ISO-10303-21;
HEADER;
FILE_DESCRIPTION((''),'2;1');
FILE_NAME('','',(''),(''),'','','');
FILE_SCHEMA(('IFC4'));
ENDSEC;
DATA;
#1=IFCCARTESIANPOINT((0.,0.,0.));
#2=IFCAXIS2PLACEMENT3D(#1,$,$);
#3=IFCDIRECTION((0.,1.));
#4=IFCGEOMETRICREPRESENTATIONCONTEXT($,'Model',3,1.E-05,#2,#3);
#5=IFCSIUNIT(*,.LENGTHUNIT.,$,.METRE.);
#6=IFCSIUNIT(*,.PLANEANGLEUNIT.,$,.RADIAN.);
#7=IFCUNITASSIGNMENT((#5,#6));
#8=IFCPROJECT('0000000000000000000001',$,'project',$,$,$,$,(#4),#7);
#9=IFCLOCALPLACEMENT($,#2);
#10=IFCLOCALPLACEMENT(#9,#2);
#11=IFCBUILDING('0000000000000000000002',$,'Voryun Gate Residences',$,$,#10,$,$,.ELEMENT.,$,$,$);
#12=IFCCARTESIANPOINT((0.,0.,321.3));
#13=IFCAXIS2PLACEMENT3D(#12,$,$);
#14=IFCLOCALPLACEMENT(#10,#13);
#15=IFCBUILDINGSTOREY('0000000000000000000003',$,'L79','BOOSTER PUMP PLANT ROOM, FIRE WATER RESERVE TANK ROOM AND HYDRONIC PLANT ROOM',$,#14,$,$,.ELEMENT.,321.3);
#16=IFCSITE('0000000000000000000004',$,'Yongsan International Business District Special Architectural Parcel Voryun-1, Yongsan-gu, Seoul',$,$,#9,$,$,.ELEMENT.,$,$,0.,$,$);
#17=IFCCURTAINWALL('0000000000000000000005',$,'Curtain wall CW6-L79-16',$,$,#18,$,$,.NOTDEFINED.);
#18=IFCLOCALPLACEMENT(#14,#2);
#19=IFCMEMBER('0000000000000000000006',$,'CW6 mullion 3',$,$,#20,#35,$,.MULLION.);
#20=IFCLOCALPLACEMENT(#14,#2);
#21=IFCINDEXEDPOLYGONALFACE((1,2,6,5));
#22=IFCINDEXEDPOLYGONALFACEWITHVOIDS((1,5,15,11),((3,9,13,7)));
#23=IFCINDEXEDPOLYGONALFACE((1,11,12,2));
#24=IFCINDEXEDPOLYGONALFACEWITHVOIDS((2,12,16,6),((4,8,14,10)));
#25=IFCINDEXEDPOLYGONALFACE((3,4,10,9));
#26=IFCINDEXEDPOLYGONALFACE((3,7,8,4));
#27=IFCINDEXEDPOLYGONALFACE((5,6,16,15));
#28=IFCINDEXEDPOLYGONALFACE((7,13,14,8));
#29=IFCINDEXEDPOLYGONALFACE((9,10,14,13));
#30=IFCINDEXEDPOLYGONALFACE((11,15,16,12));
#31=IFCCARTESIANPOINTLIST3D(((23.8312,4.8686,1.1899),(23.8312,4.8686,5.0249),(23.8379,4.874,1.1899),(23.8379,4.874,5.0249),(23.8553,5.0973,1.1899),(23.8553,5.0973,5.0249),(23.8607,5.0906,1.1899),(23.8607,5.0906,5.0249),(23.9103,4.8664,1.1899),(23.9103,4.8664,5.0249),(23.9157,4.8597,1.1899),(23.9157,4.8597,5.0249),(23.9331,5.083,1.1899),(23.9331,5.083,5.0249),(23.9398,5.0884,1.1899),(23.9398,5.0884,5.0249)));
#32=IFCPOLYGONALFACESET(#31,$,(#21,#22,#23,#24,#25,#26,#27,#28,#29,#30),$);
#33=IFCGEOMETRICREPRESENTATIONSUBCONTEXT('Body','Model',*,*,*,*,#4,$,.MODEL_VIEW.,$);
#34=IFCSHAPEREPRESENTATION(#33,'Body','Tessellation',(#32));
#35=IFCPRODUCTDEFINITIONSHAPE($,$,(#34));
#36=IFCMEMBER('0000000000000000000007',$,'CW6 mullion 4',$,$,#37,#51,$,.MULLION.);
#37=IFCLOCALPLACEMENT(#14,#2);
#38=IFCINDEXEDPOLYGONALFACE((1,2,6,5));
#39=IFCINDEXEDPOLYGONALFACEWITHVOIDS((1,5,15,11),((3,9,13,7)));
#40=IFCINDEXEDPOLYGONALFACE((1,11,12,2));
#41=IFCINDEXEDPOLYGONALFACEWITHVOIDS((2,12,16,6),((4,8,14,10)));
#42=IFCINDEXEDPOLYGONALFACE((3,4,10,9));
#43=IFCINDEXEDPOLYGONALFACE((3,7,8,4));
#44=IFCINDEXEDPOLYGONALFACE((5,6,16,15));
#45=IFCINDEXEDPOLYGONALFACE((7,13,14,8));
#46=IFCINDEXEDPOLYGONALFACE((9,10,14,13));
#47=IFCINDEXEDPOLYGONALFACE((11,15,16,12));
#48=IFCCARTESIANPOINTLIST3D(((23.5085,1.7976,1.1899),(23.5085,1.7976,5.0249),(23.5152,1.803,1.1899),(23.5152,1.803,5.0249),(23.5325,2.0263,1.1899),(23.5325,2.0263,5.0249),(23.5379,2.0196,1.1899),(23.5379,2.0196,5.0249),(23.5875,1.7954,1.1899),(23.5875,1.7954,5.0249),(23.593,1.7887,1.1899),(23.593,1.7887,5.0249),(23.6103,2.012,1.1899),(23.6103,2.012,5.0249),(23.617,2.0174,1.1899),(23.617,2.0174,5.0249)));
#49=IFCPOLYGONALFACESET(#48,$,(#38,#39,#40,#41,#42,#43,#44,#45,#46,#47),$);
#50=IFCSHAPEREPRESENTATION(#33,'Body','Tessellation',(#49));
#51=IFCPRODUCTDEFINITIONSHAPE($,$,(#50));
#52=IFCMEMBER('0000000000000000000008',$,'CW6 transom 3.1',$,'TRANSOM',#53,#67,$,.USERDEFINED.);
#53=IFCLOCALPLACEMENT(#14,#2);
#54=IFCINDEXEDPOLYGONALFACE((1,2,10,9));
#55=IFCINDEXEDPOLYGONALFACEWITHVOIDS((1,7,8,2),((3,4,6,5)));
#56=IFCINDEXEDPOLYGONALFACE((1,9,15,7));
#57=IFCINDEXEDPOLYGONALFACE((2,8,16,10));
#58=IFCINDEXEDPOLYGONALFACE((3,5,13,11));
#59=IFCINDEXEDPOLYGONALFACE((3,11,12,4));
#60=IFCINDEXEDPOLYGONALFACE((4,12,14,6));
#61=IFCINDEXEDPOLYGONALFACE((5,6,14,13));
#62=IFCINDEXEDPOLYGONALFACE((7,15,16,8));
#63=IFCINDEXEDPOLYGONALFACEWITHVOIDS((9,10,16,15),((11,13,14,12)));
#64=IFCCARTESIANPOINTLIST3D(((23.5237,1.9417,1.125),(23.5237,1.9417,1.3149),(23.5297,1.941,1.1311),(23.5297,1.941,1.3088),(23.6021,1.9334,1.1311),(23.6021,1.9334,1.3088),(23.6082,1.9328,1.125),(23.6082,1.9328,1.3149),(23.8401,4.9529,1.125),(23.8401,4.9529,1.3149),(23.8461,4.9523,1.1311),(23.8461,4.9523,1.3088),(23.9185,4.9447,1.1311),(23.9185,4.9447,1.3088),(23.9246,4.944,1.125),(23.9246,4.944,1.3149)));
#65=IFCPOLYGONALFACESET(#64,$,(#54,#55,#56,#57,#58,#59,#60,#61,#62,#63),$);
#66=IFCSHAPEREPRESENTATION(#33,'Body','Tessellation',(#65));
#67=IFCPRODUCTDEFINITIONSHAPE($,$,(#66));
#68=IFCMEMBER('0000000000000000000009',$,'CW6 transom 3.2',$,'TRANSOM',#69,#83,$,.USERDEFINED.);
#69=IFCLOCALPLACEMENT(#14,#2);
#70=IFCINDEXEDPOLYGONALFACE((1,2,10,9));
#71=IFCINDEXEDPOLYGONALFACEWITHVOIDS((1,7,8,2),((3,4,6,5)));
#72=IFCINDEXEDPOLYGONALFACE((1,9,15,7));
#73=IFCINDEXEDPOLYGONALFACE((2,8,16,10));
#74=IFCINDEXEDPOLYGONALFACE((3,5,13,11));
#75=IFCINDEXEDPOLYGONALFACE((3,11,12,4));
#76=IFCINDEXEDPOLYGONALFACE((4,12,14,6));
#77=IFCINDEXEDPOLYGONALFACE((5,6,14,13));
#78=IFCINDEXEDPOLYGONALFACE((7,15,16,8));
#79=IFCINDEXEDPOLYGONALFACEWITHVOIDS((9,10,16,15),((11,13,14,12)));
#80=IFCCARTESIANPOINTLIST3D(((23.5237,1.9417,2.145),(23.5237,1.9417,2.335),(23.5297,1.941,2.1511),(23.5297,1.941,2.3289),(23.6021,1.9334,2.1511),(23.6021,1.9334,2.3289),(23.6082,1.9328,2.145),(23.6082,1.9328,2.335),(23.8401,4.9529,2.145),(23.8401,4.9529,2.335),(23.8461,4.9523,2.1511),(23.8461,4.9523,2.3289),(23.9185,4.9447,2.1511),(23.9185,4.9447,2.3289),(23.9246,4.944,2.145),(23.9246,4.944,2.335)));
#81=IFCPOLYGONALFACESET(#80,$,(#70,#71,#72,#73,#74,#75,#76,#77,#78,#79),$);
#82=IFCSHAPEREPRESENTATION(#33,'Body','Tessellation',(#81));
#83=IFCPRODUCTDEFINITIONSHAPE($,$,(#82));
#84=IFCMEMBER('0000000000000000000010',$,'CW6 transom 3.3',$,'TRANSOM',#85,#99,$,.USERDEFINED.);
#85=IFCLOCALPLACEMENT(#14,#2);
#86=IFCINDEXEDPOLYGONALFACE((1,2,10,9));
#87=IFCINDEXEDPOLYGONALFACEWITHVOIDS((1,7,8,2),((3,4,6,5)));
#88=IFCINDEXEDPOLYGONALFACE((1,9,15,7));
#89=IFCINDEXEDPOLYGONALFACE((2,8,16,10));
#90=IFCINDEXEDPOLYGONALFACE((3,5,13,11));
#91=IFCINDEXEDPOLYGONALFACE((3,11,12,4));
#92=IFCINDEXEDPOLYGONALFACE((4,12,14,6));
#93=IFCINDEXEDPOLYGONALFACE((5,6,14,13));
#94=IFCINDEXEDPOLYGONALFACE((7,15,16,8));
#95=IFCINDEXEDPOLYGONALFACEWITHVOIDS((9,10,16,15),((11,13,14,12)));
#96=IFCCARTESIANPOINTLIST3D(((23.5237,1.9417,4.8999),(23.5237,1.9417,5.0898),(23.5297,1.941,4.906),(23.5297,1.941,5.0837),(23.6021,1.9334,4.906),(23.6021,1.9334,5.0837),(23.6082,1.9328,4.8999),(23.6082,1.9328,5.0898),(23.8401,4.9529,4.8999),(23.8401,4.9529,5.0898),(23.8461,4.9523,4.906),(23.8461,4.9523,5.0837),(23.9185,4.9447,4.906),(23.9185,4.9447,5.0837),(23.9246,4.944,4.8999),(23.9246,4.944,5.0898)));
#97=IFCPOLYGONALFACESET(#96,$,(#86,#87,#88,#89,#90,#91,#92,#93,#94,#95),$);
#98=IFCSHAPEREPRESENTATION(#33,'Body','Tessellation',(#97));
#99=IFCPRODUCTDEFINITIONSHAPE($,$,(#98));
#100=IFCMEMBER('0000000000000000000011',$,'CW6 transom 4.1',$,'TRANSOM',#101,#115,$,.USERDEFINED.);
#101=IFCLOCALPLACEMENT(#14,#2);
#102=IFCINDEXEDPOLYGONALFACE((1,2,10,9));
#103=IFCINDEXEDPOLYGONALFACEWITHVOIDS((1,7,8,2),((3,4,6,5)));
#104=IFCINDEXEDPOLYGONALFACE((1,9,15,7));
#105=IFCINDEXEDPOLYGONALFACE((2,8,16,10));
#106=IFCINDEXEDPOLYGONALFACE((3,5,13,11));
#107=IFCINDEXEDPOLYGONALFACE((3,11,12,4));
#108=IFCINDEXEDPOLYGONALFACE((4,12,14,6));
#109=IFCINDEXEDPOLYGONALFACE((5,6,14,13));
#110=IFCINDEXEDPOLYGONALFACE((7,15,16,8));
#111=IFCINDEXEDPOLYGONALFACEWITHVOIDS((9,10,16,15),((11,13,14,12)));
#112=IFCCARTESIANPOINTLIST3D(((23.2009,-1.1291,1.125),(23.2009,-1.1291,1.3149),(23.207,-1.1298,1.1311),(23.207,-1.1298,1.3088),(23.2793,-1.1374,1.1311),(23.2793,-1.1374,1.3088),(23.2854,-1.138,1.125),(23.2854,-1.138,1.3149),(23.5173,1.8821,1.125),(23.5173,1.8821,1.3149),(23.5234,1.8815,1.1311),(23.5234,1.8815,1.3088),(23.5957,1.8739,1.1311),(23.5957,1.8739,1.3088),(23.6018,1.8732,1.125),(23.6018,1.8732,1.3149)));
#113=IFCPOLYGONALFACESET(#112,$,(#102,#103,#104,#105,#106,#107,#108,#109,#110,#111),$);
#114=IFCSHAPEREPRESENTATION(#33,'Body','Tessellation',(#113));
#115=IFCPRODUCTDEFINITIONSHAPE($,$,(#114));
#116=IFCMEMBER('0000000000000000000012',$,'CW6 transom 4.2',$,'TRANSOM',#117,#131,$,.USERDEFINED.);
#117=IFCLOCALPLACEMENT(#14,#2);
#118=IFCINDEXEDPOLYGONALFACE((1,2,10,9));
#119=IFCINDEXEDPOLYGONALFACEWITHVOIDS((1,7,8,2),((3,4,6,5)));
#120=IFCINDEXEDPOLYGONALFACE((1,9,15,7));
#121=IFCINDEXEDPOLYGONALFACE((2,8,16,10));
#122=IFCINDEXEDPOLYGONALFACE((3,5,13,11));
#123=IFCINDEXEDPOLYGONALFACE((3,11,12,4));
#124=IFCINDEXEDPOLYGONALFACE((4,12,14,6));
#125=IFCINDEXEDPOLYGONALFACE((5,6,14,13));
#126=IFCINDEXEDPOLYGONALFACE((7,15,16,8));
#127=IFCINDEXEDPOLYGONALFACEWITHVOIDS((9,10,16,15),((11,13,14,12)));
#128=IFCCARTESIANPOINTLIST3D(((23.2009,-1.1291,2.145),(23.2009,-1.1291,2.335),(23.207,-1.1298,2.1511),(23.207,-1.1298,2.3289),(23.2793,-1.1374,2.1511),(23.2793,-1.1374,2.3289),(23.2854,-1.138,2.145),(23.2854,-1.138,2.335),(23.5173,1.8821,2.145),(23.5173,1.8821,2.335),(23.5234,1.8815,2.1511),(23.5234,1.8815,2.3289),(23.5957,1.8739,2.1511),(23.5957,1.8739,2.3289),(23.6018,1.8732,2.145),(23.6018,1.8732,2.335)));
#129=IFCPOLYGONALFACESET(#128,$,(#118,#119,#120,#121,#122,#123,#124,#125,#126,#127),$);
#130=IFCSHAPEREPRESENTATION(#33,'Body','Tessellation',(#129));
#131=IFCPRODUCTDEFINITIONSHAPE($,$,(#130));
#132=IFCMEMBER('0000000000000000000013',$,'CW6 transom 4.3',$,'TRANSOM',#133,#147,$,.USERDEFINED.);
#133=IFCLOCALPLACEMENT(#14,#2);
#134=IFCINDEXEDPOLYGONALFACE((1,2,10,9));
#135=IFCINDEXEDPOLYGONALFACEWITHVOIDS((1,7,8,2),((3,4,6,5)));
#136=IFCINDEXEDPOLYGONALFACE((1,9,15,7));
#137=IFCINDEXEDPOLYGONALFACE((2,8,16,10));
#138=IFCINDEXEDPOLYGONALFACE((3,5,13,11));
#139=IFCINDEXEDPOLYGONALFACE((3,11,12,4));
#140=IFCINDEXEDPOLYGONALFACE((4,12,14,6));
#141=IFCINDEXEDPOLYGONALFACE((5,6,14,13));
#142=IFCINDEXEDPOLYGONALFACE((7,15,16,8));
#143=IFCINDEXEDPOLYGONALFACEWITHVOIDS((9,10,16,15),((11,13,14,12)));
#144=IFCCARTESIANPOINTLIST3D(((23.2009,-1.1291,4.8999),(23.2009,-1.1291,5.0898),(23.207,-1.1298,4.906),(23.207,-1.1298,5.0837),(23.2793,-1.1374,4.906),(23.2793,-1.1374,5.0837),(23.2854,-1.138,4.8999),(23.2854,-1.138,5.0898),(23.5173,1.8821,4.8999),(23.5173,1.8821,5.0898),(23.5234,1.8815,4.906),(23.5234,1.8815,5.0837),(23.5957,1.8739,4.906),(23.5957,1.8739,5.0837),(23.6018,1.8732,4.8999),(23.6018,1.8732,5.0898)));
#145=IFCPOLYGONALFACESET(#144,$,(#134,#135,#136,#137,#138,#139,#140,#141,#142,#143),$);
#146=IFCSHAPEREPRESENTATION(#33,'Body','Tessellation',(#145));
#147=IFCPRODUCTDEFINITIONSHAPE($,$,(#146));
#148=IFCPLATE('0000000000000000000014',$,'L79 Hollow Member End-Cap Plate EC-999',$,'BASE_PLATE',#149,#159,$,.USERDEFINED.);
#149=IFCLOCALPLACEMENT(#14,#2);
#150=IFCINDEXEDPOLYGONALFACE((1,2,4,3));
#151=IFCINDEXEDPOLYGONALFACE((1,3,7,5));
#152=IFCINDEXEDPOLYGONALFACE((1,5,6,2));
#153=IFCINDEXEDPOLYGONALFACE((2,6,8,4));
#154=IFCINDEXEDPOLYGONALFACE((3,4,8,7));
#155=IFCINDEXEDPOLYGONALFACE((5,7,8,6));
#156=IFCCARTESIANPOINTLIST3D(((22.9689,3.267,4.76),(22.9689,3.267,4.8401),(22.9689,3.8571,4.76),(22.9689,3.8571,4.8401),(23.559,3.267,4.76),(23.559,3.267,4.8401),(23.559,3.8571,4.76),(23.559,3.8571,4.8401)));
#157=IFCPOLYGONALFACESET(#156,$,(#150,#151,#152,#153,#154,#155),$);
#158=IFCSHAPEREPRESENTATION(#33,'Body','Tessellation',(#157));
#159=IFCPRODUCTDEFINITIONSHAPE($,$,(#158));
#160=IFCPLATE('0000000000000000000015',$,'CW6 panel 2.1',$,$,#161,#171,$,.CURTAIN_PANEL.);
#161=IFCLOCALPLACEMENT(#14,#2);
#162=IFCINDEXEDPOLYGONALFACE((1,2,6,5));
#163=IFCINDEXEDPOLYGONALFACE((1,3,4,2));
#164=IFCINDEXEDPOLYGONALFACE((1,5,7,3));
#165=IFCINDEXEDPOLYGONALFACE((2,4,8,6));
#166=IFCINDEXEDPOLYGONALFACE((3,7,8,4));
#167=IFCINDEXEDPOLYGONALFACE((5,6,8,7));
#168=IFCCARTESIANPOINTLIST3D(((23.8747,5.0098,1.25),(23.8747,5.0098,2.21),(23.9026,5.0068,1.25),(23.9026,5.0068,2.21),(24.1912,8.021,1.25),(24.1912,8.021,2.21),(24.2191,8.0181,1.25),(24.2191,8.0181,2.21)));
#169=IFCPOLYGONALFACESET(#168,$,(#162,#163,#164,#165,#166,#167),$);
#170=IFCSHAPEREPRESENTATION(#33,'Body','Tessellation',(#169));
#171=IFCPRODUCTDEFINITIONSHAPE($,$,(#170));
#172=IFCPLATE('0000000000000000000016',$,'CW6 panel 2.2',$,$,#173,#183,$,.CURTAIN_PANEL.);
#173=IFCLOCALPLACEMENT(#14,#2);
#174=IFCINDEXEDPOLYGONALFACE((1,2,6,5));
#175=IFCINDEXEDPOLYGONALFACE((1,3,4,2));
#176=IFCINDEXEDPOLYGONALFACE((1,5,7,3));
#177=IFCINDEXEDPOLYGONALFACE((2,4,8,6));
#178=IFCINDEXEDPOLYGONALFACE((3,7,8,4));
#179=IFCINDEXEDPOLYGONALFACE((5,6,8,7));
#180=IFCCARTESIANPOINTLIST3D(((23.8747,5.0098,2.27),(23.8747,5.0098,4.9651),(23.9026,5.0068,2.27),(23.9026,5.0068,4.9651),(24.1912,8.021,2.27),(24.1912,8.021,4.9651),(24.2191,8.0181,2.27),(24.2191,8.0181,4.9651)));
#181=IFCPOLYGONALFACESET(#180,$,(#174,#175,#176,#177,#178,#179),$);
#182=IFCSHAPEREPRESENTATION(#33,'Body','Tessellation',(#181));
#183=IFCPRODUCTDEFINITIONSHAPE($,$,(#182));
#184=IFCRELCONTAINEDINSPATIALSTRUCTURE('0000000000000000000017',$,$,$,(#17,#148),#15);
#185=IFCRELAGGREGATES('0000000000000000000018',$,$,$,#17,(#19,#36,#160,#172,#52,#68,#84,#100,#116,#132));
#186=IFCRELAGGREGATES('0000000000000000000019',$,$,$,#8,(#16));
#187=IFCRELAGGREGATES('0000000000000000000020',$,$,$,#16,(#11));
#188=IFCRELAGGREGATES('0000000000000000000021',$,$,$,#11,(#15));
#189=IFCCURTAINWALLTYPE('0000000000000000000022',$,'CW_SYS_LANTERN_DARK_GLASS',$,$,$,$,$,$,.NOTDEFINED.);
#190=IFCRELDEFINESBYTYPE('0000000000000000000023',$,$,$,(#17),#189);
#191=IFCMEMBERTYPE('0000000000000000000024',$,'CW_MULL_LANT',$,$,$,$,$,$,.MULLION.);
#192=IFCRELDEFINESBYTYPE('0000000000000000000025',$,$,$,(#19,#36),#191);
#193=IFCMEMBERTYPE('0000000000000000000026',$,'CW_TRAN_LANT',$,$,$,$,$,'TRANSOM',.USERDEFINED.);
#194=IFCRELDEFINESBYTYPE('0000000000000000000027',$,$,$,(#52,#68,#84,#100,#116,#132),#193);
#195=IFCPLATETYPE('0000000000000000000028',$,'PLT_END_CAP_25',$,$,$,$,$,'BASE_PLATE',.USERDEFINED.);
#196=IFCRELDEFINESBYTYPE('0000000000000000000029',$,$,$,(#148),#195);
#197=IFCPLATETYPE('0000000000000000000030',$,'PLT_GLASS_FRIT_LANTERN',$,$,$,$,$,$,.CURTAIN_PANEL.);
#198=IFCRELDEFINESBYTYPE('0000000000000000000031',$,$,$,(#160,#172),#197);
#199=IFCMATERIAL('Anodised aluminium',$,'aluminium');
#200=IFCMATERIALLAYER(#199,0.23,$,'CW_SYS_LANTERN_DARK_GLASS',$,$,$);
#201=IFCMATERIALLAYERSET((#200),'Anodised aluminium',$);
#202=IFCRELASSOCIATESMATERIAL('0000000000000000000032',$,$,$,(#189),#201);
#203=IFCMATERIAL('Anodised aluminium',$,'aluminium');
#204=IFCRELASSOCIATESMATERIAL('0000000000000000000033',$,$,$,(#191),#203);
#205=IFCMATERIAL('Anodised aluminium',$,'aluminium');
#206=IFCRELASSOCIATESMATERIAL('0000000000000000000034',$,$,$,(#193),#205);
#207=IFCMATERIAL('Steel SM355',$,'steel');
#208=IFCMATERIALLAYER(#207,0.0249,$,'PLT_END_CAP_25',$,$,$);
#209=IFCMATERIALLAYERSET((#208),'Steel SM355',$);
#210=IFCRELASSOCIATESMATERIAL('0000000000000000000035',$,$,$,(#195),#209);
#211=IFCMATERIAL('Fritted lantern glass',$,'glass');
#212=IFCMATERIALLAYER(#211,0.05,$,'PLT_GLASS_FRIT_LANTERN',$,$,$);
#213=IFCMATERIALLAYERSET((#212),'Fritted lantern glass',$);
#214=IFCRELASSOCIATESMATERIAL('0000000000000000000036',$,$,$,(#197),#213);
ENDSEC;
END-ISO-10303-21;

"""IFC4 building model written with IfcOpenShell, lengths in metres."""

from ifc_helpers import new_model, si_unit, direction, frame, origin, origin_2d, place, context, subcontext, project, spatial, rectangle, hollow_rectangle, extrude, material, layer, layer_set, material_profile, profile_set, type_object, element, aggregate, save


model = new_model("IFC4")

# Units and contexts
model_context = context("Model", 3, precision=1e-05, world=origin(), true_north=direction((0.0, 1.0)))
body_context = subcontext(model_context, "Body", "Model", "MODEL_VIEW")
ifc_project = project(units=[si_unit("LENGTHUNIT", "METRE"), si_unit("PLANEANGLEUNIT", "RADIAN")], contexts=[model_context])

# Site, building, storey
site_placement = place(None, origin())
site = spatial("IfcSite", under=ifc_project, at=site_placement, Name="Yongsan International Business District Special Architectural Parcel Voryun-1, Yongsan-gu, Seoul", CompositionType="ELEMENT", RefElevation=0.0)
building_placement = place(site_placement, origin())
building = spatial("IfcBuilding", under=site, at=building_placement, Name="Voryun Gate Residences", CompositionType="ELEMENT")
storey_placement = place(building_placement, frame((0.0, 0.0, 321.3)))
storey = spatial("IfcBuildingStorey", under=building, at=storey_placement, Name="L79", Description="BOOSTER PUMP PLANT ROOM, FIRE WATER RESERVE TANK ROOM AND HYDRONIC PLANT ROOM", CompositionType="ELEMENT", Elevation=321.3)

# Curtain wall, members
ifc_material_1 = material(Name="Anodised aluminium", Category="aluminium")
ifc_layer_1 = layer(ifc_material_1, 0.23, Name="CW_SYS_LANTERN_DARK_GLASS")
ifc_layer_set_1 = layer_set([ifc_layer_1], Name="Anodised aluminium")
curtain_wall_type = type_object("IfcCurtainWallType", Name="CW_SYS_LANTERN_DARK_GLASS", PredefinedType="NOTDEFINED", material=ifc_layer_set_1)
curtain_wall_placement = place(storey_placement, origin())
curtain_wall = element("IfcCurtainWall", 1, at=curtain_wall_placement, inside=storey, type_object=curtain_wall_type, Name="Curtain wall CW6-L79-16", PredefinedType="NOTDEFINED")
ifc_material_2 = material(Name="Anodised aluminium", Category="aluminium")
ifc_material_profile_1 = material_profile(ifc_material_2, hollow_rectangle(XDim=0.085, YDim=0.23, WallThickness=0.0061, at=origin_2d()), Name="ALU-MULL-230x85x6")
ifc_profile_set_1 = profile_set([ifc_material_profile_1], Name="Anodised aluminium")
member_type_1 = type_object("IfcMemberType", Name="CW_MULL_LANT", PredefinedType="MULLION", material=ifc_profile_set_1)
member_1_placement = place(storey_placement, frame((23.8855, 4.9785, 1.1899), z_axis=(0.0, 0.0, 1.0), x_axis=(0.994522, -0.104528, 0.0)))
member_1 = element("IfcMember", 2, at=member_1_placement, type_object=member_type_1, Name="CW6 mullion 3", PredefinedType="MULLION", context=body_context, shape_type="SweptSolid", body=[
    extrude(hollow_rectangle(XDim=0.085, YDim=0.23, WallThickness=0.0061, at=origin_2d()), origin(), (0.0, 0.0, 1.0), 3.835),
])
member_2_placement = place(storey_placement, frame((23.5627, 1.9075, 1.1899), z_axis=(0.0, 0.0, 1.0), x_axis=(0.994522, -0.104528, 0.0)))
member_2 = element("IfcMember", 3, at=member_2_placement, type_object=member_type_1, Name="CW6 mullion 4", PredefinedType="MULLION", context=body_context, shape_type="SweptSolid", body=[
    extrude(hollow_rectangle(XDim=0.085, YDim=0.23, WallThickness=0.0061, at=origin_2d()), origin(), (0.0, 0.0, 1.0), 3.835),
])
ifc_material_3 = material(Name="Anodised aluminium", Category="aluminium")
ifc_material_profile_2 = material_profile(ifc_material_3, hollow_rectangle(XDim=0.085, YDim=0.1899, WallThickness=0.0061, at=origin_2d()), Name="ALU-TRAN-190x85x6")
ifc_profile_set_2 = profile_set([ifc_material_profile_2], Name="Anodised aluminium")
member_type_2 = type_object("IfcMemberType", Name="CW_TRAN_LANT", ElementType="TRANSOM", PredefinedType="USERDEFINED", material=ifc_profile_set_2)
member_3_placement = place(storey_placement, frame((23.8823, 4.9485, 1.22), z_axis=(-0.1045, -0.994525, 0.0), x_axis=(0.994525, -0.1045, 0.0)))
member_3 = element("IfcMember", 4, at=member_3_placement, type_object=member_type_2, Name="CW6 transom 3.1", ObjectType="TRANSOM", PredefinedType="USERDEFINED", context=body_context, shape_type="SweptSolid", body=[
    extrude(hollow_rectangle(XDim=0.085, YDim=0.1899, WallThickness=0.0061, at=origin_2d()), origin(), (0.0, 0.0, 1.0), 3.0278),
])
member_4_placement = place(storey_placement, frame((23.8823, 4.9485, 2.24), z_axis=(-0.1045, -0.994525, 0.0), x_axis=(0.994525, -0.1045, 0.0)))
member_4 = element("IfcMember", 5, at=member_4_placement, type_object=member_type_2, Name="CW6 transom 3.2", ObjectType="TRANSOM", PredefinedType="USERDEFINED", context=body_context, shape_type="SweptSolid", body=[
    extrude(hollow_rectangle(XDim=0.085, YDim=0.1899, WallThickness=0.0061, at=origin_2d()), origin(), (0.0, 0.0, 1.0), 3.0278),
])
member_5_placement = place(storey_placement, frame((23.8823, 4.9485, 4.9949), z_axis=(-0.1045, -0.994525, 0.0), x_axis=(0.994525, -0.1045, 0.0)))
member_5 = element("IfcMember", 6, at=member_5_placement, type_object=member_type_2, Name="CW6 transom 3.3", ObjectType="TRANSOM", PredefinedType="USERDEFINED", context=body_context, shape_type="SweptSolid", body=[
    extrude(hollow_rectangle(XDim=0.085, YDim=0.1899, WallThickness=0.0061, at=origin_2d()), origin(), (0.0, 0.0, 1.0), 3.0278),
])
member_6_placement = place(storey_placement, frame((23.5596, 1.8777, 1.22), z_axis=(-0.1045, -0.994525, 0.0), x_axis=(0.994525, -0.1045, 0.0)))
member_6 = element("IfcMember", 7, at=member_6_placement, type_object=member_type_2, Name="CW6 transom 4.1", ObjectType="TRANSOM", PredefinedType="USERDEFINED", context=body_context, shape_type="SweptSolid", body=[
    extrude(hollow_rectangle(XDim=0.085, YDim=0.1899, WallThickness=0.0061, at=origin_2d()), origin(), (0.0, 0.0, 1.0), 3.0278),
])
member_7_placement = place(storey_placement, frame((23.5596, 1.8777, 2.24), z_axis=(-0.1045, -0.994525, 0.0), x_axis=(0.994525, -0.1045, 0.0)))
member_7 = element("IfcMember", 8, at=member_7_placement, type_object=member_type_2, Name="CW6 transom 4.2", ObjectType="TRANSOM", PredefinedType="USERDEFINED", context=body_context, shape_type="SweptSolid", body=[
    extrude(hollow_rectangle(XDim=0.085, YDim=0.1899, WallThickness=0.0061, at=origin_2d()), origin(), (0.0, 0.0, 1.0), 3.0278),
])
member_8_placement = place(storey_placement, frame((23.5596, 1.8777, 4.9949), z_axis=(-0.1045, -0.994525, 0.0), x_axis=(0.994525, -0.1045, 0.0)))
member_8 = element("IfcMember", 9, at=member_8_placement, type_object=member_type_2, Name="CW6 transom 4.3", ObjectType="TRANSOM", PredefinedType="USERDEFINED", context=body_context, shape_type="SweptSolid", body=[
    extrude(hollow_rectangle(XDim=0.085, YDim=0.1899, WallThickness=0.0061, at=origin_2d()), origin(), (0.0, 0.0, 1.0), 3.0278),
])

# Plates
ifc_material_4 = material(Name="Steel SM355", Category="steel")
ifc_layer_2 = layer(ifc_material_4, 0.0249, Name="PLT_END_CAP_25")
ifc_layer_set_2 = layer_set([ifc_layer_2], Name="Steel SM355")
plate_type_1 = type_object("IfcPlateType", Name="PLT_END_CAP_25", ElementType="BASE_PLATE", PredefinedType="USERDEFINED", material=ifc_layer_set_2)
plate_1_placement = place(storey_placement, frame((23.2639, 3.562, 4.76), z_axis=(0.0, 0.0, 1.0), x_axis=(1.0, 0.0, 0.0)))
element("IfcPlate", 10, at=plate_1_placement, inside=storey, type_object=plate_type_1, Name="L79 Hollow Member End-Cap Plate EC-999", ObjectType="BASE_PLATE", PredefinedType="USERDEFINED", context=body_context, shape_type="SweptSolid", body=[
    extrude(rectangle(XDim=0.5901, YDim=0.5901, at=origin_2d()), origin(), (0.0, 0.0, 1.0), 0.0801),
])
ifc_material_5 = material(Name="Fritted lantern glass", Category="glass")
ifc_layer_3 = layer(ifc_material_5, 0.05, Name="PLT_GLASS_FRIT_LANTERN")
ifc_layer_set_3 = layer_set([ifc_layer_3], Name="Fritted lantern glass")
plate_type_2 = type_object("IfcPlateType", Name="PLT_GLASS_FRIT_LANTERN", PredefinedType="CURTAIN_PANEL", material=ifc_layer_set_3)
plate_2_placement = place(storey_placement, frame((24.0469, 6.5139, 1.25), z_axis=(0.0, 0.0, 1.0), x_axis=(-0.104528, -0.994522, 0.0)))
plate_2 = element("IfcPlate", 11, at=plate_2_placement, type_object=plate_type_2, Name="CW6 panel 2.1", PredefinedType="CURTAIN_PANEL", context=body_context, shape_type="SweptSolid", body=[
    extrude(rectangle(XDim=3.0278, YDim=0.0281, at=origin_2d()), origin(), (0.0, 0.0, 1.0), 0.96),
])
plate_3_placement = place(storey_placement, frame((24.0469, 6.5139, 2.27), z_axis=(0.0, 0.0, 1.0), x_axis=(-0.104528, -0.994522, 0.0)))
plate_3 = element("IfcPlate", 12, at=plate_3_placement, type_object=plate_type_2, Name="CW6 panel 2.2", PredefinedType="CURTAIN_PANEL", context=body_context, shape_type="SweptSolid", body=[
    extrude(rectangle(XDim=3.0278, YDim=0.0281, at=origin_2d()), origin(), (0.0, 0.0, 1.0), 2.6951),
])
aggregate(curtain_wall, [member_1, member_2, plate_2, plate_3, member_3, member_4, member_5, member_6, member_7, member_8])

save(model, "model.ifc")
